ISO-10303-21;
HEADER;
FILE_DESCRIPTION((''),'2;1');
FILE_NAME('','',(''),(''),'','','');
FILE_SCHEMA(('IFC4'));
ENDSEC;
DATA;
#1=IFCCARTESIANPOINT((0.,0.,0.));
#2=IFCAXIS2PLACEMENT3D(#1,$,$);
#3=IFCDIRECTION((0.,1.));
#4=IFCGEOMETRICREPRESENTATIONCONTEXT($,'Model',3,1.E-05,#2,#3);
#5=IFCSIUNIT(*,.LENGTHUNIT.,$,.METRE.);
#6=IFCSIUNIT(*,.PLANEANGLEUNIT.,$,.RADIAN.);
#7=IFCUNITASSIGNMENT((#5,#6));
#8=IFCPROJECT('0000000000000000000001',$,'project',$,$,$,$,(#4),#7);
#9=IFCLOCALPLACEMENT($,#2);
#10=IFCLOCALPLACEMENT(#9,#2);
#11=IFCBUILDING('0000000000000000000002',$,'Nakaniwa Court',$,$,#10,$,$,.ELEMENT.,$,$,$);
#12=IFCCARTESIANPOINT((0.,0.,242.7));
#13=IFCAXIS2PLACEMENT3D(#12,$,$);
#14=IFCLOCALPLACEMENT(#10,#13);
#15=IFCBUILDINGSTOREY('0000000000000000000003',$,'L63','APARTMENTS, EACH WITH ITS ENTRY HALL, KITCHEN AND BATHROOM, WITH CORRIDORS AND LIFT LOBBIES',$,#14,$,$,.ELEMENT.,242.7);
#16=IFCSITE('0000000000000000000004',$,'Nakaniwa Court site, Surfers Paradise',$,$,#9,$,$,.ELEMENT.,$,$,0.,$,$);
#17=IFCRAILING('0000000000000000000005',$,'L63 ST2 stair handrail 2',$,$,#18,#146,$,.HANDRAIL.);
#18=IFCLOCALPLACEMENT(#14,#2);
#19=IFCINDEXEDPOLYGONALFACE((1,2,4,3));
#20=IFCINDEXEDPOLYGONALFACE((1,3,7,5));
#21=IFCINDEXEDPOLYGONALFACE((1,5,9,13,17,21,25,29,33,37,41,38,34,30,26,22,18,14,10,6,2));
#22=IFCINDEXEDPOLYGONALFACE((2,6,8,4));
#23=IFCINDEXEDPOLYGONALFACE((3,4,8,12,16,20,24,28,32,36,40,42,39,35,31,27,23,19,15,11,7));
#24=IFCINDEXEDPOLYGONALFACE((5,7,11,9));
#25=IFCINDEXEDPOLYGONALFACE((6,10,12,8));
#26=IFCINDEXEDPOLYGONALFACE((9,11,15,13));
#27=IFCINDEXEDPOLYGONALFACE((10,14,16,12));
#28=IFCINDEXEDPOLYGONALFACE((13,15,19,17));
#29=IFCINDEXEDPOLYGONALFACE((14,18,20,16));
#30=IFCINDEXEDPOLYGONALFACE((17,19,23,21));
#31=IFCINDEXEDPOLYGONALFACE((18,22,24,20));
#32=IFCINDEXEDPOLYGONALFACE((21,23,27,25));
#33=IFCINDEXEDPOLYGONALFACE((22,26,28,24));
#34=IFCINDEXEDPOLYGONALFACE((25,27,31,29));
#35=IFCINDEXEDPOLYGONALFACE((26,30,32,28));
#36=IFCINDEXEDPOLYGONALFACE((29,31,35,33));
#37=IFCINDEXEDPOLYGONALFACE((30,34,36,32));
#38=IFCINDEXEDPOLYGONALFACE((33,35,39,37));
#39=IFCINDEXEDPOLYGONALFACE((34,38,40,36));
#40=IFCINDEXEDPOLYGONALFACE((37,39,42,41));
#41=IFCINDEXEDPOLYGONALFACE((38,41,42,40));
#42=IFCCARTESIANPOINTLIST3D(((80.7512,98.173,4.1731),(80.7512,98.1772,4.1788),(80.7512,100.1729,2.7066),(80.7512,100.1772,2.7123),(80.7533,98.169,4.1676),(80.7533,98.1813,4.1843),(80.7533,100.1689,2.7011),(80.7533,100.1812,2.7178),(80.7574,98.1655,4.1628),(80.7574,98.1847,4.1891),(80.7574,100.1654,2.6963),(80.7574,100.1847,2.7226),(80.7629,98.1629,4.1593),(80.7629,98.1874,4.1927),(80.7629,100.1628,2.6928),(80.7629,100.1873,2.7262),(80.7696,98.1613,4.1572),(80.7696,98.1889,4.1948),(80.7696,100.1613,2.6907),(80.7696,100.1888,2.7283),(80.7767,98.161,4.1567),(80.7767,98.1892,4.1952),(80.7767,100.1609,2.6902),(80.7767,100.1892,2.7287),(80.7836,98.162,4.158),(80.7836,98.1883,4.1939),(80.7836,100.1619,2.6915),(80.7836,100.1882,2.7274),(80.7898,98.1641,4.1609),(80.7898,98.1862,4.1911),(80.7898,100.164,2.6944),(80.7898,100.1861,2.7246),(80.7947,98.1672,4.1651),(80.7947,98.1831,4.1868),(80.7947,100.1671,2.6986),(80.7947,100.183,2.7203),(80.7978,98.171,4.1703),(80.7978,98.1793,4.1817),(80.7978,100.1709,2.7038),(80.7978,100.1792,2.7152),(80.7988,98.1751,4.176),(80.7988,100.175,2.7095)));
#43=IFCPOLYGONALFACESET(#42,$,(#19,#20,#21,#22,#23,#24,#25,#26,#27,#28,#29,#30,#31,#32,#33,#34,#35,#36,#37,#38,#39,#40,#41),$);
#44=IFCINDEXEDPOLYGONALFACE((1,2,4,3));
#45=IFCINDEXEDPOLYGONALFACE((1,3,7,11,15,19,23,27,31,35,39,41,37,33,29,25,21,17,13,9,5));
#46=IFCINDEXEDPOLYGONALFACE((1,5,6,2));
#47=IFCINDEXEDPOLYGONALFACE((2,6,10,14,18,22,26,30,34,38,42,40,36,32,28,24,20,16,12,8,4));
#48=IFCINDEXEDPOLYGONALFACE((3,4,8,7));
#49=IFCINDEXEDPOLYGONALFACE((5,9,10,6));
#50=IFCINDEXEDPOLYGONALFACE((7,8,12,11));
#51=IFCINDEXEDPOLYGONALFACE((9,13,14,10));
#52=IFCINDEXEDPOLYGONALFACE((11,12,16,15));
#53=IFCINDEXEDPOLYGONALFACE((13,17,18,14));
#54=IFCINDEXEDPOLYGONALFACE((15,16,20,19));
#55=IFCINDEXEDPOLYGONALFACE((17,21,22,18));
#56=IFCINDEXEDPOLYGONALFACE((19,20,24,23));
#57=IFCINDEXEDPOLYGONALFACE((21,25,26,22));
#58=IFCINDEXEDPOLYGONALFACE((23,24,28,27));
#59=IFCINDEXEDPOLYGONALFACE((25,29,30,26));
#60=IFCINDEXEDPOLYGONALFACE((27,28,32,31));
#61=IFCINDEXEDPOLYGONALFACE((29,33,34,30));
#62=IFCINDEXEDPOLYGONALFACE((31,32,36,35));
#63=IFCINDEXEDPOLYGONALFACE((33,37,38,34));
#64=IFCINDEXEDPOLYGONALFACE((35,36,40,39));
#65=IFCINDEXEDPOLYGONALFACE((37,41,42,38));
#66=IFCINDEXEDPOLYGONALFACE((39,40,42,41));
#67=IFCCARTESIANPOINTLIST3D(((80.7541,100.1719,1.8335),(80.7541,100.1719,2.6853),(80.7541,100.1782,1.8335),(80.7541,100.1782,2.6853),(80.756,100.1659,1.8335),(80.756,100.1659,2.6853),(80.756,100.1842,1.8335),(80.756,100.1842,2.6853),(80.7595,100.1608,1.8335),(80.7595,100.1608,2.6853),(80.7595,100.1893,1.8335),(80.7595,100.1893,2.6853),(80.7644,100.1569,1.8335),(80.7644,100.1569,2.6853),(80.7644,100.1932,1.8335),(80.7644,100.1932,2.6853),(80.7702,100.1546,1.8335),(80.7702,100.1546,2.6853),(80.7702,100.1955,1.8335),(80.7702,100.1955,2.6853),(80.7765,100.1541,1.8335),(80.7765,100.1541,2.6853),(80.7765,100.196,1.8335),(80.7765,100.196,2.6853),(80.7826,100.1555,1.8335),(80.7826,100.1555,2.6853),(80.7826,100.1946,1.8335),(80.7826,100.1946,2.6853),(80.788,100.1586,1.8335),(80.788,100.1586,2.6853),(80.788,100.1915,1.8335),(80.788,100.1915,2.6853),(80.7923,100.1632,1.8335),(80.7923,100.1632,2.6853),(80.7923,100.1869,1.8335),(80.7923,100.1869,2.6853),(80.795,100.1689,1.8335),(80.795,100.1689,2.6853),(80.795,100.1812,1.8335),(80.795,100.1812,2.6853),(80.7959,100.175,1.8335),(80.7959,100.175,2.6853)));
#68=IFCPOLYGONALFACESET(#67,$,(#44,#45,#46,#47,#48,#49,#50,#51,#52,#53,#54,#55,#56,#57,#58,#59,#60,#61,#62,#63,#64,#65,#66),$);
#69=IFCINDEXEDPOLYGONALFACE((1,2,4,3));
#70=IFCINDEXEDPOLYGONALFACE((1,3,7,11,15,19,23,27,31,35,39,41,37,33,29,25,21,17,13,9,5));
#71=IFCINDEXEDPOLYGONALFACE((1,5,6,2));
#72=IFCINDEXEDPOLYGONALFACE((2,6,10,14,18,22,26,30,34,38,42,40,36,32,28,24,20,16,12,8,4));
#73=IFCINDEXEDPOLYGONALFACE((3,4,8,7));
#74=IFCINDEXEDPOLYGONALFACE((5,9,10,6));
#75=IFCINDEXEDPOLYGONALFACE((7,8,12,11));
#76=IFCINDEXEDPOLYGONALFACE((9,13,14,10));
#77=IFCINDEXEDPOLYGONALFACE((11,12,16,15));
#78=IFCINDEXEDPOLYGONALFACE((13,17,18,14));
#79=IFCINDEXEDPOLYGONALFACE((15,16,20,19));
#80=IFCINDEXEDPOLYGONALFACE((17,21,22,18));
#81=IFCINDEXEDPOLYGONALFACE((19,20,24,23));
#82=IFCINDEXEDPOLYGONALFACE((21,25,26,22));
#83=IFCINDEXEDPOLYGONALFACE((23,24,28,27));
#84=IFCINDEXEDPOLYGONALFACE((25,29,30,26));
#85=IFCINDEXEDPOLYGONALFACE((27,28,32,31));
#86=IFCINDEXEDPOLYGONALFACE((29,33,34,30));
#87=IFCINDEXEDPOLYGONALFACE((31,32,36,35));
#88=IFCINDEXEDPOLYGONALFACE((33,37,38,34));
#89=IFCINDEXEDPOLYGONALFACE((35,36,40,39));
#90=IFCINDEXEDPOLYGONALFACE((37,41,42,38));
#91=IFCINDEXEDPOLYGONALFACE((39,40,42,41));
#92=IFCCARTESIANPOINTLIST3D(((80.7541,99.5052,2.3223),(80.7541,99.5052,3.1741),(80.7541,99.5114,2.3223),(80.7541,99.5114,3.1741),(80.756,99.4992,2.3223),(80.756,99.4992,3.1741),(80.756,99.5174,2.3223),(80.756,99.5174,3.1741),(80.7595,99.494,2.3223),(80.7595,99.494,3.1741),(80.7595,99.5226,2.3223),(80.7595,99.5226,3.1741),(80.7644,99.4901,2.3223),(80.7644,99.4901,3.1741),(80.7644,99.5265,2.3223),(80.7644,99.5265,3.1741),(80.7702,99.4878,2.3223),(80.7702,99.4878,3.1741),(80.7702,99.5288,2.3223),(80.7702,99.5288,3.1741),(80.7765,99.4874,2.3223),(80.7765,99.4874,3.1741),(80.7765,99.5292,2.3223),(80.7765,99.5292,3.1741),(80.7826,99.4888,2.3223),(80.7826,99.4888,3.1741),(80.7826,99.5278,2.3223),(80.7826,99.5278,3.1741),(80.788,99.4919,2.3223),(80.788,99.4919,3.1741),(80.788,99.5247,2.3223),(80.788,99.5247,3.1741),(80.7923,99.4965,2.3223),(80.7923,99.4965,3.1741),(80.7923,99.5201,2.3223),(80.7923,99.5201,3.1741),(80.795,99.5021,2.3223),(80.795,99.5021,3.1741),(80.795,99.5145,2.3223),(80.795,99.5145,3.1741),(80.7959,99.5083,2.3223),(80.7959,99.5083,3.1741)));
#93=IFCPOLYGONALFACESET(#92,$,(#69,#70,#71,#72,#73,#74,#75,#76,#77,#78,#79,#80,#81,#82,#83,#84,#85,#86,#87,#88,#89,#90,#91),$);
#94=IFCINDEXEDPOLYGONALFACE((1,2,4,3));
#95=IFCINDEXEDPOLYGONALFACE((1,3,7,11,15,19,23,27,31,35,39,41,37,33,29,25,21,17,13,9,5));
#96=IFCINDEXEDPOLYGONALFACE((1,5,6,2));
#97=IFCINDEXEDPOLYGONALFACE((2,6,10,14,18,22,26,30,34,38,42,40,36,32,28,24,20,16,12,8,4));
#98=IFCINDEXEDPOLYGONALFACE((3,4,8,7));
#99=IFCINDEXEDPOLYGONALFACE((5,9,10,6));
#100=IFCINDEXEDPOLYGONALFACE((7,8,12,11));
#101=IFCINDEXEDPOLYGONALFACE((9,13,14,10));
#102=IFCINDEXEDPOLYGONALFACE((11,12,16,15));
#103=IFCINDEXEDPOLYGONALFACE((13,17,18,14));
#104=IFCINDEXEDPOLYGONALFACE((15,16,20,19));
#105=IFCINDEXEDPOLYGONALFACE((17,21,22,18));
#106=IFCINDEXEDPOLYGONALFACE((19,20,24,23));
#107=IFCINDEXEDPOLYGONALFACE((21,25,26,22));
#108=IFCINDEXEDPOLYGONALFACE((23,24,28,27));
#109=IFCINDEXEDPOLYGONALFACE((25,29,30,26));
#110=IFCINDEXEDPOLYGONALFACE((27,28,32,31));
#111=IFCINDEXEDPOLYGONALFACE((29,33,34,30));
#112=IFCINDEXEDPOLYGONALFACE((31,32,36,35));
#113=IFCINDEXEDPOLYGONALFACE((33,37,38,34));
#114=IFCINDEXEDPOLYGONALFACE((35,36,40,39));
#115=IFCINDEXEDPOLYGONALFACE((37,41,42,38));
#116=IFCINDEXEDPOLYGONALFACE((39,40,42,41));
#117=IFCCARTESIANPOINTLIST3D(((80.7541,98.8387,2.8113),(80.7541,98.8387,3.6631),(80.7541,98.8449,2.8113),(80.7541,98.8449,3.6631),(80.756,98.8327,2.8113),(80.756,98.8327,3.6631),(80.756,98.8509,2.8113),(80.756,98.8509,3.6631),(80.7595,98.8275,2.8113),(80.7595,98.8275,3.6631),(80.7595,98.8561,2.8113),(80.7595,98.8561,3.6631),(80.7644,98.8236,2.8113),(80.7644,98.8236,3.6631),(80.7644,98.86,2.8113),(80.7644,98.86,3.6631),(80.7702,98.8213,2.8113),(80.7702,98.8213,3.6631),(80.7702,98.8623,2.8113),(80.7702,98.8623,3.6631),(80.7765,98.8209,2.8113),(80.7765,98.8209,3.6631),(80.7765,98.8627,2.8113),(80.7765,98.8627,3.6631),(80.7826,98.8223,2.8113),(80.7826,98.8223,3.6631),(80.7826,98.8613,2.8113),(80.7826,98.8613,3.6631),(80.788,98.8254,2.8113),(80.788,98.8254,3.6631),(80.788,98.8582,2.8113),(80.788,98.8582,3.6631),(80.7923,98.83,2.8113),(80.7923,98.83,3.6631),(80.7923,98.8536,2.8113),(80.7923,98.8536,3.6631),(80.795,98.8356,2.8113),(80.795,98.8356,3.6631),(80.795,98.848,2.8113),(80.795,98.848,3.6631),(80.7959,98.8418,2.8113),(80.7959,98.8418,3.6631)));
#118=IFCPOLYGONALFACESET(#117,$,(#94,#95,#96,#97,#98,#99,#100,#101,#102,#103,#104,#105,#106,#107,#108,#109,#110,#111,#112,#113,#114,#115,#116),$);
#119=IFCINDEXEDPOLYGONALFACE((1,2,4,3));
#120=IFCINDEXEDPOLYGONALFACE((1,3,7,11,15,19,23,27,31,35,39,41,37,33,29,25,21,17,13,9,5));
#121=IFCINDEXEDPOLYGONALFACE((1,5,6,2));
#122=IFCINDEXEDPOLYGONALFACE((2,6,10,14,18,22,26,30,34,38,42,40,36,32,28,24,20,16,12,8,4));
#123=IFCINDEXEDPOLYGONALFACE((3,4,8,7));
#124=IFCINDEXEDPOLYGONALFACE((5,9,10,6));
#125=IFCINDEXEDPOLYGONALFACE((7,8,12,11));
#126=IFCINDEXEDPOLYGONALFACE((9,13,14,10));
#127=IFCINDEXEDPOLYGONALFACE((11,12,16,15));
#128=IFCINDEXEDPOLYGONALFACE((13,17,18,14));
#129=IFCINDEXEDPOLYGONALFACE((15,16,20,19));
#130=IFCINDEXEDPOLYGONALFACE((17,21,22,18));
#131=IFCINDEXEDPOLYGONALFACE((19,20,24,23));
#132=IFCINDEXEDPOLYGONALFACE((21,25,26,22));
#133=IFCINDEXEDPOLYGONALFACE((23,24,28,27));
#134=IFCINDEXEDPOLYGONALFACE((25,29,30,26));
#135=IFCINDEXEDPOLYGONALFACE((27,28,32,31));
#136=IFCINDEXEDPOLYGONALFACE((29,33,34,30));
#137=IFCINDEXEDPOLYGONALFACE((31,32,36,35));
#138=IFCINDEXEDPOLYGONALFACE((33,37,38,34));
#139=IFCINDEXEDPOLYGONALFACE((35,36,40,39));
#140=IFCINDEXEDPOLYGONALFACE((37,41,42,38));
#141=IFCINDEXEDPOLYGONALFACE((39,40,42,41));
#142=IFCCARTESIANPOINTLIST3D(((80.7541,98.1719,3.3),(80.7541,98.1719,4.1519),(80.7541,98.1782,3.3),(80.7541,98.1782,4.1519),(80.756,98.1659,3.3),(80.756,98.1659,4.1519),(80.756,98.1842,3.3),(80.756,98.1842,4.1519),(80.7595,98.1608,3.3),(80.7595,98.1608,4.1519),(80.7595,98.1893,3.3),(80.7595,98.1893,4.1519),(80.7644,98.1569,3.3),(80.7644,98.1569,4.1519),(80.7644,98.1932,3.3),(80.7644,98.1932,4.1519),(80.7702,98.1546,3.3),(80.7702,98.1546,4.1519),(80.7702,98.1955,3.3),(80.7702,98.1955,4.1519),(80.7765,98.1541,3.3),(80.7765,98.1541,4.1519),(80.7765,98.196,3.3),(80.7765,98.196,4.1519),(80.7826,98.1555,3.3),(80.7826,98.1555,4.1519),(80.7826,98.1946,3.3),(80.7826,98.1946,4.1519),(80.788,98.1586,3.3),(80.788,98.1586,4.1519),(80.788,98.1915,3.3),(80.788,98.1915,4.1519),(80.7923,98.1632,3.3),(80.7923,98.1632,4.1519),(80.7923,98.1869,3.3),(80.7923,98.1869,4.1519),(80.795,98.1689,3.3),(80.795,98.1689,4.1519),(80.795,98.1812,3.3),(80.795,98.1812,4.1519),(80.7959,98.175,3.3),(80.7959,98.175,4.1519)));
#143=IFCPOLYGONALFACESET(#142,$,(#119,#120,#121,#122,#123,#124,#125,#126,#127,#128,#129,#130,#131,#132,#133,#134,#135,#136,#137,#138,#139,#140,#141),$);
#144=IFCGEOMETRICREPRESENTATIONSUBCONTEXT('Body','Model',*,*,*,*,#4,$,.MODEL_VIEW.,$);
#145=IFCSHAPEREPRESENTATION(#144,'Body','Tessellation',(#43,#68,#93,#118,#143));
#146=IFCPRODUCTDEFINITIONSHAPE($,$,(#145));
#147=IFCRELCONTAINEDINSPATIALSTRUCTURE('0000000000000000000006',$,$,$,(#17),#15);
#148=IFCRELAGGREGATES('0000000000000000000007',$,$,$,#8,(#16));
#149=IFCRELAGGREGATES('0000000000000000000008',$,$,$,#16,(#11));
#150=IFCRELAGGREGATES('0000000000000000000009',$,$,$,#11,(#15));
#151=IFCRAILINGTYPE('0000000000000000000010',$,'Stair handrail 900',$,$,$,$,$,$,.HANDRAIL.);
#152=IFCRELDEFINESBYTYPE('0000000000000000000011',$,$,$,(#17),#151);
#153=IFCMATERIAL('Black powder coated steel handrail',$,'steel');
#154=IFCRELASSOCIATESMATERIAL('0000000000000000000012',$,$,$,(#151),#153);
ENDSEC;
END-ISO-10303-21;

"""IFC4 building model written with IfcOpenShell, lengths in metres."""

from ifc_helpers import new_model, si_unit, direction, frame, origin, origin_2d, place, context, subcontext, project, spatial, circle, extrude, material, type_object, element, save


model = new_model("IFC4")

# Units and contexts
model_context = context("Model", 3, precision=1e-05, world=origin(), true_north=direction((0.0, 1.0)))
body_context = subcontext(model_context, "Body", "Model", "MODEL_VIEW")
ifc_project = project(units=[si_unit("LENGTHUNIT", "METRE"), si_unit("PLANEANGLEUNIT", "RADIAN")], contexts=[model_context])

# Site, building, storey
site_placement = place(None, origin())
site = spatial("IfcSite", under=ifc_project, at=site_placement, Name="Nakaniwa Court site, Surfers Paradise", CompositionType="ELEMENT", RefElevation=0.0)
building_placement = place(site_placement, origin())
building = spatial("IfcBuilding", under=site, at=building_placement, Name="Nakaniwa Court", CompositionType="ELEMENT")
storey_placement = place(building_placement, frame((0.0, 0.0, 242.7)))
storey = spatial("IfcBuildingStorey", under=building, at=storey_placement, Name="L63", Description="APARTMENTS, EACH WITH ITS ENTRY HALL, KITCHEN AND BATHROOM, WITH CORRIDORS AND LIFT LOBBIES", CompositionType="ELEMENT", Elevation=242.7)

# Railing
ifc_material_1 = material(Name="Black powder coated steel handrail", Category="steel")
railing_type_1 = type_object("IfcRailingType", Name="Stair handrail 900", PredefinedType="HANDRAIL", material=ifc_material_1)
railing_1_placement = place(storey_placement, frame((80.7749, 100.175, 1.8335)))
element("IfcRailing", 1, at=railing_1_placement, inside=storey, type_object=railing_type_1, Name="L63 ST2 stair handrail 2", PredefinedType="HANDRAIL", context=body_context, shape_type="SweptSolid", body=[
    extrude(circle(Radius=0.0239, at=origin_2d()), frame((0.0, 0.0, 0.876), z_axis=(0.0, -0.806427, 0.591334), x_axis=(1.0, 0.0, 0.0)), (0.0, 0.0, 1.0), 2.48),
    extrude(circle(Radius=0.021, at=origin_2d()), origin(), (0.0, 0.0, 1.0), 0.8518),
    extrude(circle(Radius=0.021, at=origin_2d()), frame((0.0, -0.6667, 0.4888)), (0.0, 0.0, 1.0), 0.8518),
    extrude(circle(Radius=0.021, at=origin_2d()), frame((0.0, -1.3333, 0.9778)), (0.0, 0.0, 1.0), 0.8518),
    extrude(circle(Radius=0.021, at=origin_2d()), frame((0.0, -2.0, 1.4666)), (0.0, 0.0, 1.0), 0.8518),
])

save(model, "model.ifc")
